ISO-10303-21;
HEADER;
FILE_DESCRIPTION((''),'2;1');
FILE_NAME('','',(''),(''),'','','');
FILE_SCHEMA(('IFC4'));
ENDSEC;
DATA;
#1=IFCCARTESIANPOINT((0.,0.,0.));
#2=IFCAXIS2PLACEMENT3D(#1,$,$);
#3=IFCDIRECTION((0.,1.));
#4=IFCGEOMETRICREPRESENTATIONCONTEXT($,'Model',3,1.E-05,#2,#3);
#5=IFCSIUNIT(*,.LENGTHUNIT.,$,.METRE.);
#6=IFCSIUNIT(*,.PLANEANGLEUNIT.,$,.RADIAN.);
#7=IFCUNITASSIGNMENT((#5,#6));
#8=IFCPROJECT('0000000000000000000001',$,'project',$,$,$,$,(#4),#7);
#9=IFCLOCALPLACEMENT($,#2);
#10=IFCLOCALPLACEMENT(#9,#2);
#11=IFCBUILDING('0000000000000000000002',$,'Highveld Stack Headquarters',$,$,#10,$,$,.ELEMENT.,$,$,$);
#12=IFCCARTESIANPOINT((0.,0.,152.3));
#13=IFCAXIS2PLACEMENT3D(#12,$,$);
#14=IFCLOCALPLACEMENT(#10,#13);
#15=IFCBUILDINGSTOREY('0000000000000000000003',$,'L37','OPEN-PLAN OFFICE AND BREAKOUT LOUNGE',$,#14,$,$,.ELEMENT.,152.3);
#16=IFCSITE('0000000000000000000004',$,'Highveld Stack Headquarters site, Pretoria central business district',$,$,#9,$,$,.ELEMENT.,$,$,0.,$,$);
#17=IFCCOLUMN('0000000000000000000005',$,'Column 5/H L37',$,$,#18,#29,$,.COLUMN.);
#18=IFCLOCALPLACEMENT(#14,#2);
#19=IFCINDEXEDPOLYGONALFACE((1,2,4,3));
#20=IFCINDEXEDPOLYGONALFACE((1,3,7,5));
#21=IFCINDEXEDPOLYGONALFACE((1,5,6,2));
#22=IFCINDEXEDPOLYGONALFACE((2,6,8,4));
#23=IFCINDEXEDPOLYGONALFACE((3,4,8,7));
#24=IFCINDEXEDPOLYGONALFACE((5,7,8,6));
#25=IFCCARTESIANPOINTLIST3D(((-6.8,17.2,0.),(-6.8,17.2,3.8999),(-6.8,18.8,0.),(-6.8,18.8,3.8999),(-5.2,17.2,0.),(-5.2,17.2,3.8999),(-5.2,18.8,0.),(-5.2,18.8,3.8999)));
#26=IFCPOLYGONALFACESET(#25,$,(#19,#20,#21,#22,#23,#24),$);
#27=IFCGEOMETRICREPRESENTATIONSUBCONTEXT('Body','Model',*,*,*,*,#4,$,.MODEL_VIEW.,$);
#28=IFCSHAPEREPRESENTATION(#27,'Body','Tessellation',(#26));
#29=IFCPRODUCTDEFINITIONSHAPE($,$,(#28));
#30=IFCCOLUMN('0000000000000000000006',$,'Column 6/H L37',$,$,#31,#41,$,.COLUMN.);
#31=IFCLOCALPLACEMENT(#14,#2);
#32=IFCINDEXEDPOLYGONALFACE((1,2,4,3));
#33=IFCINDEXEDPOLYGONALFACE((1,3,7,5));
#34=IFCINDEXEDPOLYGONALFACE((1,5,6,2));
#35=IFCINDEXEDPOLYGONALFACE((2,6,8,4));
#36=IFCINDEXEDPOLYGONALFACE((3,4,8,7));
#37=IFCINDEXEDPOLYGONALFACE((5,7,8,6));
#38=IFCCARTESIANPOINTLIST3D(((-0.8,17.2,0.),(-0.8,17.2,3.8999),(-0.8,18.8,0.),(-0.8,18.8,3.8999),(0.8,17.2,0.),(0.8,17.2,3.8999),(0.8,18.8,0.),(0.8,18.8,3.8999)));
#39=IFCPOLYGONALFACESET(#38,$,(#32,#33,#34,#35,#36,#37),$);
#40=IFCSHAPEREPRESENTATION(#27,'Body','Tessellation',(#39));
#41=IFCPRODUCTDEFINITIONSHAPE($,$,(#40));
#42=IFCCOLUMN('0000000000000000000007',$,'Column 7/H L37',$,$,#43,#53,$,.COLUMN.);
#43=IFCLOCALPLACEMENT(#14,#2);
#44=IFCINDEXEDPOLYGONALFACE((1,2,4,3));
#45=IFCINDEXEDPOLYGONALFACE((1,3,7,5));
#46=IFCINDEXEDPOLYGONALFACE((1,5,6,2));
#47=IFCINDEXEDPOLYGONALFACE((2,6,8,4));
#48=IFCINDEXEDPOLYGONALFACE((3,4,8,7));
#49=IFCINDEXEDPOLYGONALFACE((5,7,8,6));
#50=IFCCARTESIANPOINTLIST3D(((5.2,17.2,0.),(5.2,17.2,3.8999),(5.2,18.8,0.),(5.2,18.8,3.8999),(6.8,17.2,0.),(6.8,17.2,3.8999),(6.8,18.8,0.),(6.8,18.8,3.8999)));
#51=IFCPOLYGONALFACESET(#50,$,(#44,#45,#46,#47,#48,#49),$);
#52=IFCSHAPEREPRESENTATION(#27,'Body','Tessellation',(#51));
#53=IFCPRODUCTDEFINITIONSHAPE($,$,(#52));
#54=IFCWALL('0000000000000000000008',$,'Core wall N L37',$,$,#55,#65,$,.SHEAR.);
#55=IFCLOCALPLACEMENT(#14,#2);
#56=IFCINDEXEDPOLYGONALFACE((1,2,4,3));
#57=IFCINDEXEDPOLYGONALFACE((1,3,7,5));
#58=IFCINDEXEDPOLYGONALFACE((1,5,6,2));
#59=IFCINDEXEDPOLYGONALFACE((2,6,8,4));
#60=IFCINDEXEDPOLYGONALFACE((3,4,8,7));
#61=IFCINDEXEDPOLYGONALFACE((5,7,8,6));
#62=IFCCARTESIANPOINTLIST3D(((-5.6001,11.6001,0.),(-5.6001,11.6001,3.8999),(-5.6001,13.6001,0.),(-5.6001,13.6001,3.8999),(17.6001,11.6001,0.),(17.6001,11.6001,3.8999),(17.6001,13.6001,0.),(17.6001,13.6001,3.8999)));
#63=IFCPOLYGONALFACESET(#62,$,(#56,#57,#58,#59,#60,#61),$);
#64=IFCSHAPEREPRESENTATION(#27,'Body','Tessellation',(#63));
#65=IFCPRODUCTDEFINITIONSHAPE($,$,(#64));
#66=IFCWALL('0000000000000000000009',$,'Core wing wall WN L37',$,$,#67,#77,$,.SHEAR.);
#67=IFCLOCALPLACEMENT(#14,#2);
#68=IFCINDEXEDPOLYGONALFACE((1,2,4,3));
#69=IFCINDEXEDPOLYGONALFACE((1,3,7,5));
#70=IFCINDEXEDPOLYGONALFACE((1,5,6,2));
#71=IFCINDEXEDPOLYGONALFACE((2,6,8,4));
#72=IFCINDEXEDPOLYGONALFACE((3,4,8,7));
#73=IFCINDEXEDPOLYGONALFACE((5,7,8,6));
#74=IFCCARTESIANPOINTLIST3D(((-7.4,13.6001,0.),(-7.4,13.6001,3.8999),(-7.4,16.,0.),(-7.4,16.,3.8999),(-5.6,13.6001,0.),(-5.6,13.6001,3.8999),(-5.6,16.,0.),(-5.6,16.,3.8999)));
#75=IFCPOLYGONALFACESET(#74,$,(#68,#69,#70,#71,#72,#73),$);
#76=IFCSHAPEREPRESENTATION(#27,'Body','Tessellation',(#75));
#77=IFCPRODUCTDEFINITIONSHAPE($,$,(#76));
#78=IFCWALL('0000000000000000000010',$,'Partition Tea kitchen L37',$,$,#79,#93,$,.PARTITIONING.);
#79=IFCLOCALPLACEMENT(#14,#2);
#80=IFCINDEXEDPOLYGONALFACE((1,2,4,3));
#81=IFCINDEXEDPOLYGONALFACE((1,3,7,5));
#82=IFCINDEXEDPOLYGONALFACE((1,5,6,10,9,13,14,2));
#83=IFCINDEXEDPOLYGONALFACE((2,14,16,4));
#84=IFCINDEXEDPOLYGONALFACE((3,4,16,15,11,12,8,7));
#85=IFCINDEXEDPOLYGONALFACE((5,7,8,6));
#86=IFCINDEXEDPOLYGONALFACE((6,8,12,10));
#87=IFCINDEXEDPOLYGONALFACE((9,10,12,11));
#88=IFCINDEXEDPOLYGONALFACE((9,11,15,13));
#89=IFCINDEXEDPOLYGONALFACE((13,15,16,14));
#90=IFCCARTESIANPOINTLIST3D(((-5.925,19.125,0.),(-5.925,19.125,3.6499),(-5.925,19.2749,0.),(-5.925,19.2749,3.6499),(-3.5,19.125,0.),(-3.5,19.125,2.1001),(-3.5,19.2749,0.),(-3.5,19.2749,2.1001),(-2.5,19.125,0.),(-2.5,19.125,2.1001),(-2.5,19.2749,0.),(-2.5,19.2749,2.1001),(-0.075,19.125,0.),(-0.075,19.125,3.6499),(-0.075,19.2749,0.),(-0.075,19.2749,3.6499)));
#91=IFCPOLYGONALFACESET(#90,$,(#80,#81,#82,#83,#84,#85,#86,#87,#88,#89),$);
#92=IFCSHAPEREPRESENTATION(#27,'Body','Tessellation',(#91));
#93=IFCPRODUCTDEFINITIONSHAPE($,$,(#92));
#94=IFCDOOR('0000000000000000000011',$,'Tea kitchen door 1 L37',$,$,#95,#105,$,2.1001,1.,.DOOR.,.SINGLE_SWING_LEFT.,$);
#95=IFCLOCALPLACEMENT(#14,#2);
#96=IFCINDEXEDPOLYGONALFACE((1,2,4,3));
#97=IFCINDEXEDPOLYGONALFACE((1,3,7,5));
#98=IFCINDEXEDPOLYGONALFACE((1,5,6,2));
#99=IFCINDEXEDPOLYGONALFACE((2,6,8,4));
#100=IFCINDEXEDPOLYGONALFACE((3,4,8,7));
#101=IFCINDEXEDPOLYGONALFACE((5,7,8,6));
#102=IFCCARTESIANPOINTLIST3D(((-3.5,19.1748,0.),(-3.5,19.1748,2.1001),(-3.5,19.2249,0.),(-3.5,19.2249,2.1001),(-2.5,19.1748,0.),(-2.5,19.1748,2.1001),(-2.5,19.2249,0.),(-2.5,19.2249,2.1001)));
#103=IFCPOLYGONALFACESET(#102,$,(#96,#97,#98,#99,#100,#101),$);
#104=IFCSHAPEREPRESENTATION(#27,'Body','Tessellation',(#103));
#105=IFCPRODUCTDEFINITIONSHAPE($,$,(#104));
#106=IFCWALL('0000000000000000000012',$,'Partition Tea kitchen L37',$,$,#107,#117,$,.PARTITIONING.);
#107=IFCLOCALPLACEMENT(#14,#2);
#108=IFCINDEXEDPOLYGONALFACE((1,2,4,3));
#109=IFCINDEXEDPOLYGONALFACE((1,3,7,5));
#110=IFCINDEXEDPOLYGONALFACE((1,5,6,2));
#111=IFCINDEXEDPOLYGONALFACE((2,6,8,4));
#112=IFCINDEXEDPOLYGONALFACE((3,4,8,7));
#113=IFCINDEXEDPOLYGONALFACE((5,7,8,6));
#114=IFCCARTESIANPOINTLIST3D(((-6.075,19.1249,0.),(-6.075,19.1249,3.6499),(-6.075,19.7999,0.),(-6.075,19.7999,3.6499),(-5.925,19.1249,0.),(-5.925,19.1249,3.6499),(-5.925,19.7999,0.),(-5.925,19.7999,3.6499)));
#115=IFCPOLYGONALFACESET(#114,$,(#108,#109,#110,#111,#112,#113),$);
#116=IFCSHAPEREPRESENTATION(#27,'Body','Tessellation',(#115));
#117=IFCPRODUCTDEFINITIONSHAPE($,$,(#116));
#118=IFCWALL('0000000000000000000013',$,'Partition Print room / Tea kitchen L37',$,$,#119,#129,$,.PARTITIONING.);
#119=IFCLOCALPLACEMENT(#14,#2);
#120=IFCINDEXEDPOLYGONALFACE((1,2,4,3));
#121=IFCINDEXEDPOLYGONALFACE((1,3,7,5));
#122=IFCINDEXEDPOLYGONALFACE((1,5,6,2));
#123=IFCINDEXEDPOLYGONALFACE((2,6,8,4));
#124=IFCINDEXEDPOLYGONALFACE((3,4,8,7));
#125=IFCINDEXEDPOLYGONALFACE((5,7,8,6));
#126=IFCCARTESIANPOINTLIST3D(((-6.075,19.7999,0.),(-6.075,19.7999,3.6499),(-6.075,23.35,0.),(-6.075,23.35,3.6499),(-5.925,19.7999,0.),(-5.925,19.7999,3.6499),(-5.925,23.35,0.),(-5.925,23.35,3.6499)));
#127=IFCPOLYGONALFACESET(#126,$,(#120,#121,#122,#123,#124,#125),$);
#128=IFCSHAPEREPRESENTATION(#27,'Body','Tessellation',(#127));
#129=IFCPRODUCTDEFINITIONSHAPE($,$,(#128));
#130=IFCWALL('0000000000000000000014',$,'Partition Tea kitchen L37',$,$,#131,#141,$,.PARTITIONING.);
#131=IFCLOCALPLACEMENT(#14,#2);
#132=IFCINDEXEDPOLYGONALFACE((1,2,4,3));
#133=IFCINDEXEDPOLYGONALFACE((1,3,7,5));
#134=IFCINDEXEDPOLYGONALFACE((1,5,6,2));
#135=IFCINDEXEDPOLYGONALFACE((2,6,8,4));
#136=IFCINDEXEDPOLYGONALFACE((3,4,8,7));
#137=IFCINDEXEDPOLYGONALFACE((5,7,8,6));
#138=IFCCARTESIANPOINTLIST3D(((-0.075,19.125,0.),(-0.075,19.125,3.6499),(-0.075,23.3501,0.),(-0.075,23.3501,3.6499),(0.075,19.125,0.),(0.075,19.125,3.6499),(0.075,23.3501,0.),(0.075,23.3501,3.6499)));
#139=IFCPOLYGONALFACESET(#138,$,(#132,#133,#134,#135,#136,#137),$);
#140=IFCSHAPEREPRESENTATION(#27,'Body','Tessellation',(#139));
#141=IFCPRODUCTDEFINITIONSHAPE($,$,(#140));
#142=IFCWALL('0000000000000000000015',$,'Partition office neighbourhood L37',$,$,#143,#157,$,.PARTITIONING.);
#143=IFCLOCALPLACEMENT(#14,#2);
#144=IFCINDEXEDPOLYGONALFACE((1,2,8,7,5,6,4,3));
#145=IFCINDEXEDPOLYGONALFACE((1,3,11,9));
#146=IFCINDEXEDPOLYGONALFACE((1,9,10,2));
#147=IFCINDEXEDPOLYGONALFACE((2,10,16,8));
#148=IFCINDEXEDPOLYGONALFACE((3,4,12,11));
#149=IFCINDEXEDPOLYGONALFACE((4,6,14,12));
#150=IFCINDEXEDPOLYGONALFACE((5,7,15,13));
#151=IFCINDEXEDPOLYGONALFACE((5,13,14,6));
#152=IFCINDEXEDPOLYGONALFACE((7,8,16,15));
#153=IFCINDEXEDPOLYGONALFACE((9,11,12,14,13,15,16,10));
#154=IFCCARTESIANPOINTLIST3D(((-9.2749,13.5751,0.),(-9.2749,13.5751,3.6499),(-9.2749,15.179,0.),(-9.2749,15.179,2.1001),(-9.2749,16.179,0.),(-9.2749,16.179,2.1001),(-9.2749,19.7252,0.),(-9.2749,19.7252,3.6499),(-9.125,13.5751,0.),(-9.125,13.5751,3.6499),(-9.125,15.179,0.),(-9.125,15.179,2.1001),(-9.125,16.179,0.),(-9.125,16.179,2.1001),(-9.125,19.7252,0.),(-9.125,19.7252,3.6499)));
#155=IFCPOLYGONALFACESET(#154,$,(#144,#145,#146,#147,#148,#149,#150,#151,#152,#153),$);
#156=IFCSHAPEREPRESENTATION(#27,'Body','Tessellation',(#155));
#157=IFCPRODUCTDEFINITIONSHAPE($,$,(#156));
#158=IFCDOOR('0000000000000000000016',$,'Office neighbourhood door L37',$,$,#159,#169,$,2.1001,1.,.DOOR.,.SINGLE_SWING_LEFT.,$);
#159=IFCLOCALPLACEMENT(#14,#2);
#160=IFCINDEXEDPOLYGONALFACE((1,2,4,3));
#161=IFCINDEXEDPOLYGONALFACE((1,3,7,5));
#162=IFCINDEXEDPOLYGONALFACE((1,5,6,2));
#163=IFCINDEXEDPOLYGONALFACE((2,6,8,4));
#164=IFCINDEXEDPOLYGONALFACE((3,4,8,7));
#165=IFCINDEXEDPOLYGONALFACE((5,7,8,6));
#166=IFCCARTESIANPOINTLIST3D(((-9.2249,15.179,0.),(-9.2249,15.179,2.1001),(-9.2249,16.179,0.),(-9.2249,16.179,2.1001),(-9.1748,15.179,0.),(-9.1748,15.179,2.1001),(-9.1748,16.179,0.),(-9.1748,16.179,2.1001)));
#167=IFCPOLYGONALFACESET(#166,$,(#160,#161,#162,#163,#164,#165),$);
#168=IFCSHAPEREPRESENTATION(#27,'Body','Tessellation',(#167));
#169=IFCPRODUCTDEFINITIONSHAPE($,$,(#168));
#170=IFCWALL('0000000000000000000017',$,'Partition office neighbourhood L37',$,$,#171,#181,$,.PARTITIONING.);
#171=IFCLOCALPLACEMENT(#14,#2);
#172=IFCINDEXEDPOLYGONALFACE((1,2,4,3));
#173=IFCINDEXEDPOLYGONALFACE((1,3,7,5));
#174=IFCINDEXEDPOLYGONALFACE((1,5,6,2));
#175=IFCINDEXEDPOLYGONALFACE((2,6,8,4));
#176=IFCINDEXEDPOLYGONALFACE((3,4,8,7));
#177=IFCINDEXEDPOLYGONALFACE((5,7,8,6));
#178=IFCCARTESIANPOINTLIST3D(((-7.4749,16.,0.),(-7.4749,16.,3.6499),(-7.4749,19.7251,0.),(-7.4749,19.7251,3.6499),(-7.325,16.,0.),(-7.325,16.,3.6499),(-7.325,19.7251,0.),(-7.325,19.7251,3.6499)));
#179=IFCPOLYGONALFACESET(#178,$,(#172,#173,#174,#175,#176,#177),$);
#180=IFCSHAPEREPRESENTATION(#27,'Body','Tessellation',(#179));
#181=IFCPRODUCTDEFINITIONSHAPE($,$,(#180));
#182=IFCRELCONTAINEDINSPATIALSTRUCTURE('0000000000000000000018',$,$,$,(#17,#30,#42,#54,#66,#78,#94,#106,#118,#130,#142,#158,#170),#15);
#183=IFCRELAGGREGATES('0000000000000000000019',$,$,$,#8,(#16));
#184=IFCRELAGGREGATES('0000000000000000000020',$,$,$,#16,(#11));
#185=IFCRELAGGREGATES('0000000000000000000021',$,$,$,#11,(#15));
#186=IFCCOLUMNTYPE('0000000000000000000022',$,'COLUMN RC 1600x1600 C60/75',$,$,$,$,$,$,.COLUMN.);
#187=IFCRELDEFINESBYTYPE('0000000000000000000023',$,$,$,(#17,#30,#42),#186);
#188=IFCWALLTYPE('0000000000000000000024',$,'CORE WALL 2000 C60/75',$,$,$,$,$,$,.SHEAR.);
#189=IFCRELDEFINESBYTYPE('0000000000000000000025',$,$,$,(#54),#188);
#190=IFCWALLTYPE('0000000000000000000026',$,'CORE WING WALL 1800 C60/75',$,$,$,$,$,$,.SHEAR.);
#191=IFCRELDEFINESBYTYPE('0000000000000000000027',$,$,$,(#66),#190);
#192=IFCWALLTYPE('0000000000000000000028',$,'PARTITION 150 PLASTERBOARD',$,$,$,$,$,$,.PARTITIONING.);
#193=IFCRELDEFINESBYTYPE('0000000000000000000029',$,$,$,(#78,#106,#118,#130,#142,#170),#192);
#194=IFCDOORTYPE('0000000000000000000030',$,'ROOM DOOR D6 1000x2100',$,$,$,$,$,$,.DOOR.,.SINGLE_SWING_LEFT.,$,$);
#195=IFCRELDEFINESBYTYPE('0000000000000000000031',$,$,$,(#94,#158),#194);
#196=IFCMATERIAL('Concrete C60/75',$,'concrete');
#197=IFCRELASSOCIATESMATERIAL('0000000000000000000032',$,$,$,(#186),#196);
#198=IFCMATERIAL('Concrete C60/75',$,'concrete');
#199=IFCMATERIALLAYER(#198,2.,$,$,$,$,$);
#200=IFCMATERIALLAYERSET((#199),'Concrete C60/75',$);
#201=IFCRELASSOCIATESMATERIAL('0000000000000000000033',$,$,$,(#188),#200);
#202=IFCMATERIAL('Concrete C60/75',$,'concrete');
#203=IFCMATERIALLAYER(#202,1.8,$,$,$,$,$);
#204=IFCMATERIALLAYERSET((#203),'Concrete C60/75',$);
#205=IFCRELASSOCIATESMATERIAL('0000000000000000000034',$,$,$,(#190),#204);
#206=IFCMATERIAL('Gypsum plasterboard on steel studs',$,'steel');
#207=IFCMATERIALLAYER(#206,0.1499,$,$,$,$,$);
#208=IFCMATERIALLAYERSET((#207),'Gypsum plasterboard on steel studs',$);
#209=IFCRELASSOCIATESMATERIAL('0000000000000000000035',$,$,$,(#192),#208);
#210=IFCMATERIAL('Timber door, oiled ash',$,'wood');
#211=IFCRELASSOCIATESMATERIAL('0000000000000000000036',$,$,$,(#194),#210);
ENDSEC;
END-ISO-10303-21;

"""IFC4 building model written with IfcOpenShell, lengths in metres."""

from ifc_helpers import new_model, si_unit, direction, frame, frame_2d, origin, origin_2d, place, context, subcontext, project, spatial, rectangle, extrude, material, layer, layer_set, material_profile, profile_set, type_object, element, fill, save


model = new_model("IFC4")

# Units and contexts
model_context = context("Model", 3, precision=1e-05, world=origin(), true_north=direction((0.0, 1.0)))
body_context = subcontext(model_context, "Body", "Model", "MODEL_VIEW")
ifc_project = project(units=[si_unit("LENGTHUNIT", "METRE"), si_unit("PLANEANGLEUNIT", "RADIAN")], contexts=[model_context])

# Site, building, storey
site_placement = place(None, origin())
site = spatial("IfcSite", under=ifc_project, at=site_placement, Name="Highveld Stack Headquarters site, Pretoria central business district", CompositionType="ELEMENT", RefElevation=0.0)
building_placement = place(site_placement, origin())
building = spatial("IfcBuilding", under=site, at=building_placement, Name="Highveld Stack Headquarters", CompositionType="ELEMENT")
storey_placement = place(building_placement, frame((0.0, 0.0, 152.3)))
storey = spatial("IfcBuildingStorey", under=building, at=storey_placement, Name="L37", Description="OPEN-PLAN OFFICE AND BREAKOUT LOUNGE", CompositionType="ELEMENT", Elevation=152.3)

# Columns
ifc_material_1 = material(Name="Concrete C60/75", Category="concrete")
ifc_material_profile = material_profile(ifc_material_1, rectangle(XDim=1.6001, YDim=1.6001, at=origin_2d()), Name="RC 1600x1600")
ifc_profile_set = profile_set([ifc_material_profile], Name="Concrete C60/75")
column_type = type_object("IfcColumnType", Name="COLUMN RC 1600x1600 C60/75", PredefinedType="COLUMN", material=ifc_profile_set)
for number, where, z_axis, x_axis, name in (
    (1, (-6.0, 18.0, 0.0), (0.0, 0.0, 1.0), (1.0, 0.0, 0.0), "Column 5/H L37"),
    (2, (0.0, 18.0, 0.0), (0.0, 0.0, 1.0), (1.0, 0.0, 0.0), "Column 6/H L37"),
    (3, (6.0, 18.0, 0.0), (0.0, 0.0, 1.0), (1.0, 0.0, 0.0), "Column 7/H L37"),
):
    element("IfcColumn", number, at=place(storey_placement, frame(where, z_axis=z_axis, x_axis=x_axis)), inside=storey, type_object=column_type, Name=name, PredefinedType="COLUMN", context=body_context, shape_type="SweptSolid", body=[
        extrude(rectangle(XDim=1.6001, YDim=1.6001, at=origin_2d()), origin(), (0.0, 0.0, 1.0), 3.8999),
    ])

# Walls
ifc_material_2 = material(Name="Concrete C60/75", Category="concrete")
ifc_layer_1 = layer(ifc_material_2, 2.0)
ifc_layer_set_1 = layer_set([ifc_layer_1], Name="Concrete C60/75")
wall_type_1 = type_object("IfcWallType", Name="CORE WALL 2000 C60/75", PredefinedType="SHEAR", material=ifc_layer_set_1)
wall_1_placement = place(storey_placement, frame((-5.6001, 12.6001, 0.0), z_axis=(0.0, 0.0, 1.0), x_axis=(1.0, 0.0, 0.0)))
element("IfcWall", 4, at=wall_1_placement, inside=storey, type_object=wall_type_1, Name="Core wall N L37", PredefinedType="SHEAR", context=body_context, shape_type="SweptSolid", body=[
    extrude(rectangle(XDim=23.2002, YDim=2.0, at=frame_2d((11.6001, 0.0))), origin(), (0.0, 0.0, 1.0), 3.8999),
])
ifc_material_3 = material(Name="Concrete C60/75", Category="concrete")
ifc_layer_2 = layer(ifc_material_3, 1.8)
ifc_layer_set_2 = layer_set([ifc_layer_2], Name="Concrete C60/75")
wall_type_2 = type_object("IfcWallType", Name="CORE WING WALL 1800 C60/75", PredefinedType="SHEAR", material=ifc_layer_set_2)
wall_2_placement = place(storey_placement, frame((-6.5, 13.6001, 0.0), z_axis=(0.0, 0.0, 1.0), x_axis=(0.0, 1.0, 0.0)))
element("IfcWall", 5, at=wall_2_placement, inside=storey, type_object=wall_type_2, Name="Core wing wall WN L37", PredefinedType="SHEAR", context=body_context, shape_type="SweptSolid", body=[
    extrude(rectangle(XDim=2.3999, YDim=1.8, at=frame_2d((1.2, 0.0))), origin(), (0.0, 0.0, 1.0), 3.8999),
])

# Wall, opening, door
ifc_material_4 = material(Name="Gypsum plasterboard on steel studs", Category="steel")
ifc_layer_3 = layer(ifc_material_4, 0.1499)
ifc_layer_set_3 = layer_set([ifc_layer_3], Name="Gypsum plasterboard on steel studs")
wall_type_3 = type_object("IfcWallType", Name="PARTITION 150 PLASTERBOARD", PredefinedType="PARTITIONING", material=ifc_layer_set_3)
wall_3_placement = place(storey_placement, frame((-5.925, 19.2, 0.0), z_axis=(0.0, 0.0, 1.0), x_axis=(1.0, 0.0, 0.0)))
wall_3 = element("IfcWall", 6, at=wall_3_placement, inside=storey, type_object=wall_type_3, Name="Partition Tea kitchen L37", PredefinedType="PARTITIONING", context=body_context, shape_type="SweptSolid", body=[
    extrude(rectangle(XDim=5.8501, YDim=0.1499, at=frame_2d((2.925, 0.0))), origin(), (0.0, 0.0, 1.0), 3.6499),
])
opening_1_placement = place(wall_3_placement, frame((2.425, 0.0, 0.0)))
opening_1 = element("IfcOpeningElement", 7, at=opening_1_placement, cuts=wall_3, PredefinedType="OPENING", context=body_context, shape_type="SweptSolid", body=[
    extrude(rectangle(XDim=1.0, YDim=2.1001, at=frame_2d((0.5, 1.05))), frame((0.0, 0.085, 0.0), z_axis=(0.0, -1.0, 0.0), x_axis=(1.0, 0.0, 0.0)), (0.0, 0.0, 1.0), 0.1699),
])
ifc_material_5 = material(Name="Timber door, oiled ash", Category="wood")
door_type = type_object("IfcDoorType", Name="ROOM DOOR D6 1000x2100", OperationType="SINGLE_SWING_LEFT", PredefinedType="DOOR", material=ifc_material_5)
door_1_placement = place(opening_1_placement, origin())
door_1 = element("IfcDoor", 8, at=door_1_placement, inside=storey, type_object=door_type, Name="Tea kitchen door 1 L37", OperationType="SINGLE_SWING_LEFT", OverallHeight=2.1001, OverallWidth=1.0, PredefinedType="DOOR", context=body_context, shape_type="SweptSolid", body=[
    extrude(rectangle(XDim=1.0, YDim=2.1001, at=frame_2d((0.5, 1.05))), frame((0.0, 0.0249, 0.0), z_axis=(0.0, -1.0, 0.0), x_axis=(1.0, 0.0, 0.0)), (0.0, 0.0, 1.0), 0.05),
])
fill(opening_1, door_1)

# Walls
wall_4_placement = place(storey_placement, frame((-6.0, 19.125, 0.0), z_axis=(0.0, 0.0, 1.0), x_axis=(0.0, 1.0, 0.0)))
element("IfcWall", 9, at=wall_4_placement, inside=storey, type_object=wall_type_3, Name="Partition Tea kitchen L37", PredefinedType="PARTITIONING", context=body_context, shape_type="SweptSolid", body=[
    extrude(rectangle(XDim=0.675, YDim=0.1499, at=frame_2d((0.3374, 0.0))), origin(), (0.0, 0.0, 1.0), 3.6499),
])
wall_5_placement = place(storey_placement, frame((-6.0, 19.8, 0.0), z_axis=(0.0, 0.0, 1.0), x_axis=(0.0, 1.0, 0.0)))
element("IfcWall", 10, at=wall_5_placement, inside=storey, type_object=wall_type_3, Name="Partition Print room / Tea kitchen L37", PredefinedType="PARTITIONING", context=body_context, shape_type="SweptSolid", body=[
    extrude(rectangle(XDim=3.55, YDim=0.1499, at=frame_2d((1.7749, 0.0))), origin(), (0.0, 0.0, 1.0), 3.6499),
])
wall_6_placement = place(storey_placement, frame((0.0, 19.125, 0.0), z_axis=(0.0, 0.0, 1.0), x_axis=(0.0, 1.0, 0.0)))
element("IfcWall", 11, at=wall_6_placement, inside=storey, type_object=wall_type_3, Name="Partition Tea kitchen L37", PredefinedType="PARTITIONING", context=body_context, shape_type="SweptSolid", body=[
    extrude(rectangle(XDim=4.2251, YDim=0.1499, at=frame_2d((2.1125, 0.0))), origin(), (0.0, 0.0, 1.0), 3.6499),
])

# Wall, opening, door
wall_7_placement = place(storey_placement, frame((-9.2, 13.575, 0.0), z_axis=(0.0, 0.0, 1.0), x_axis=(0.0, 1.0, 0.0)))
wall_7 = element("IfcWall", 12, at=wall_7_placement, inside=storey, type_object=wall_type_3, Name="Partition office neighbourhood L37", PredefinedType="PARTITIONING", context=body_context, shape_type="SweptSolid", body=[
    extrude(rectangle(XDim=6.1501, YDim=0.1499, at=frame_2d((3.0752, 0.0))), origin(), (0.0, 0.0, 1.0), 3.6499),
])
opening_2_placement = place(wall_7_placement, frame((1.604, 0.0, 0.0)))
opening_2 = element("IfcOpeningElement", 13, at=opening_2_placement, cuts=wall_7, PredefinedType="OPENING", context=body_context, shape_type="SweptSolid", body=[
    extrude(rectangle(XDim=1.0, YDim=2.1001, at=frame_2d((0.5, 1.05))), frame((0.0, 0.085, 0.0), z_axis=(0.0, -1.0, 0.0), x_axis=(1.0, 0.0, 0.0)), (0.0, 0.0, 1.0), 0.1699),
])
door_2_placement = place(opening_2_placement, origin())
door_2 = element("IfcDoor", 14, at=door_2_placement, inside=storey, type_object=door_type, Name="Office neighbourhood door L37", OperationType="SINGLE_SWING_LEFT", OverallHeight=2.1001, OverallWidth=1.0, PredefinedType="DOOR", context=body_context, shape_type="SweptSolid", body=[
    extrude(rectangle(XDim=1.0, YDim=2.1001, at=frame_2d((0.5, 1.05))), frame((0.0, 0.0249, 0.0), z_axis=(0.0, -1.0, 0.0), x_axis=(1.0, 0.0, 0.0)), (0.0, 0.0, 1.0), 0.05),
])
fill(opening_2, door_2)

# Wall
wall_8_placement = place(storey_placement, frame((-7.3999, 16.0, 0.0), z_axis=(0.0, 0.0, 1.0), x_axis=(0.0, 1.0, 0.0)))
element("IfcWall", 15, at=wall_8_placement, inside=storey, type_object=wall_type_3, Name="Partition office neighbourhood L37", PredefinedType="PARTITIONING", context=body_context, shape_type="SweptSolid", body=[
    extrude(rectangle(XDim=3.7251, YDim=0.1499, at=frame_2d((1.8625, 0.0))), origin(), (0.0, 0.0, 1.0), 3.6499),
])

save(model, "model.ifc")
